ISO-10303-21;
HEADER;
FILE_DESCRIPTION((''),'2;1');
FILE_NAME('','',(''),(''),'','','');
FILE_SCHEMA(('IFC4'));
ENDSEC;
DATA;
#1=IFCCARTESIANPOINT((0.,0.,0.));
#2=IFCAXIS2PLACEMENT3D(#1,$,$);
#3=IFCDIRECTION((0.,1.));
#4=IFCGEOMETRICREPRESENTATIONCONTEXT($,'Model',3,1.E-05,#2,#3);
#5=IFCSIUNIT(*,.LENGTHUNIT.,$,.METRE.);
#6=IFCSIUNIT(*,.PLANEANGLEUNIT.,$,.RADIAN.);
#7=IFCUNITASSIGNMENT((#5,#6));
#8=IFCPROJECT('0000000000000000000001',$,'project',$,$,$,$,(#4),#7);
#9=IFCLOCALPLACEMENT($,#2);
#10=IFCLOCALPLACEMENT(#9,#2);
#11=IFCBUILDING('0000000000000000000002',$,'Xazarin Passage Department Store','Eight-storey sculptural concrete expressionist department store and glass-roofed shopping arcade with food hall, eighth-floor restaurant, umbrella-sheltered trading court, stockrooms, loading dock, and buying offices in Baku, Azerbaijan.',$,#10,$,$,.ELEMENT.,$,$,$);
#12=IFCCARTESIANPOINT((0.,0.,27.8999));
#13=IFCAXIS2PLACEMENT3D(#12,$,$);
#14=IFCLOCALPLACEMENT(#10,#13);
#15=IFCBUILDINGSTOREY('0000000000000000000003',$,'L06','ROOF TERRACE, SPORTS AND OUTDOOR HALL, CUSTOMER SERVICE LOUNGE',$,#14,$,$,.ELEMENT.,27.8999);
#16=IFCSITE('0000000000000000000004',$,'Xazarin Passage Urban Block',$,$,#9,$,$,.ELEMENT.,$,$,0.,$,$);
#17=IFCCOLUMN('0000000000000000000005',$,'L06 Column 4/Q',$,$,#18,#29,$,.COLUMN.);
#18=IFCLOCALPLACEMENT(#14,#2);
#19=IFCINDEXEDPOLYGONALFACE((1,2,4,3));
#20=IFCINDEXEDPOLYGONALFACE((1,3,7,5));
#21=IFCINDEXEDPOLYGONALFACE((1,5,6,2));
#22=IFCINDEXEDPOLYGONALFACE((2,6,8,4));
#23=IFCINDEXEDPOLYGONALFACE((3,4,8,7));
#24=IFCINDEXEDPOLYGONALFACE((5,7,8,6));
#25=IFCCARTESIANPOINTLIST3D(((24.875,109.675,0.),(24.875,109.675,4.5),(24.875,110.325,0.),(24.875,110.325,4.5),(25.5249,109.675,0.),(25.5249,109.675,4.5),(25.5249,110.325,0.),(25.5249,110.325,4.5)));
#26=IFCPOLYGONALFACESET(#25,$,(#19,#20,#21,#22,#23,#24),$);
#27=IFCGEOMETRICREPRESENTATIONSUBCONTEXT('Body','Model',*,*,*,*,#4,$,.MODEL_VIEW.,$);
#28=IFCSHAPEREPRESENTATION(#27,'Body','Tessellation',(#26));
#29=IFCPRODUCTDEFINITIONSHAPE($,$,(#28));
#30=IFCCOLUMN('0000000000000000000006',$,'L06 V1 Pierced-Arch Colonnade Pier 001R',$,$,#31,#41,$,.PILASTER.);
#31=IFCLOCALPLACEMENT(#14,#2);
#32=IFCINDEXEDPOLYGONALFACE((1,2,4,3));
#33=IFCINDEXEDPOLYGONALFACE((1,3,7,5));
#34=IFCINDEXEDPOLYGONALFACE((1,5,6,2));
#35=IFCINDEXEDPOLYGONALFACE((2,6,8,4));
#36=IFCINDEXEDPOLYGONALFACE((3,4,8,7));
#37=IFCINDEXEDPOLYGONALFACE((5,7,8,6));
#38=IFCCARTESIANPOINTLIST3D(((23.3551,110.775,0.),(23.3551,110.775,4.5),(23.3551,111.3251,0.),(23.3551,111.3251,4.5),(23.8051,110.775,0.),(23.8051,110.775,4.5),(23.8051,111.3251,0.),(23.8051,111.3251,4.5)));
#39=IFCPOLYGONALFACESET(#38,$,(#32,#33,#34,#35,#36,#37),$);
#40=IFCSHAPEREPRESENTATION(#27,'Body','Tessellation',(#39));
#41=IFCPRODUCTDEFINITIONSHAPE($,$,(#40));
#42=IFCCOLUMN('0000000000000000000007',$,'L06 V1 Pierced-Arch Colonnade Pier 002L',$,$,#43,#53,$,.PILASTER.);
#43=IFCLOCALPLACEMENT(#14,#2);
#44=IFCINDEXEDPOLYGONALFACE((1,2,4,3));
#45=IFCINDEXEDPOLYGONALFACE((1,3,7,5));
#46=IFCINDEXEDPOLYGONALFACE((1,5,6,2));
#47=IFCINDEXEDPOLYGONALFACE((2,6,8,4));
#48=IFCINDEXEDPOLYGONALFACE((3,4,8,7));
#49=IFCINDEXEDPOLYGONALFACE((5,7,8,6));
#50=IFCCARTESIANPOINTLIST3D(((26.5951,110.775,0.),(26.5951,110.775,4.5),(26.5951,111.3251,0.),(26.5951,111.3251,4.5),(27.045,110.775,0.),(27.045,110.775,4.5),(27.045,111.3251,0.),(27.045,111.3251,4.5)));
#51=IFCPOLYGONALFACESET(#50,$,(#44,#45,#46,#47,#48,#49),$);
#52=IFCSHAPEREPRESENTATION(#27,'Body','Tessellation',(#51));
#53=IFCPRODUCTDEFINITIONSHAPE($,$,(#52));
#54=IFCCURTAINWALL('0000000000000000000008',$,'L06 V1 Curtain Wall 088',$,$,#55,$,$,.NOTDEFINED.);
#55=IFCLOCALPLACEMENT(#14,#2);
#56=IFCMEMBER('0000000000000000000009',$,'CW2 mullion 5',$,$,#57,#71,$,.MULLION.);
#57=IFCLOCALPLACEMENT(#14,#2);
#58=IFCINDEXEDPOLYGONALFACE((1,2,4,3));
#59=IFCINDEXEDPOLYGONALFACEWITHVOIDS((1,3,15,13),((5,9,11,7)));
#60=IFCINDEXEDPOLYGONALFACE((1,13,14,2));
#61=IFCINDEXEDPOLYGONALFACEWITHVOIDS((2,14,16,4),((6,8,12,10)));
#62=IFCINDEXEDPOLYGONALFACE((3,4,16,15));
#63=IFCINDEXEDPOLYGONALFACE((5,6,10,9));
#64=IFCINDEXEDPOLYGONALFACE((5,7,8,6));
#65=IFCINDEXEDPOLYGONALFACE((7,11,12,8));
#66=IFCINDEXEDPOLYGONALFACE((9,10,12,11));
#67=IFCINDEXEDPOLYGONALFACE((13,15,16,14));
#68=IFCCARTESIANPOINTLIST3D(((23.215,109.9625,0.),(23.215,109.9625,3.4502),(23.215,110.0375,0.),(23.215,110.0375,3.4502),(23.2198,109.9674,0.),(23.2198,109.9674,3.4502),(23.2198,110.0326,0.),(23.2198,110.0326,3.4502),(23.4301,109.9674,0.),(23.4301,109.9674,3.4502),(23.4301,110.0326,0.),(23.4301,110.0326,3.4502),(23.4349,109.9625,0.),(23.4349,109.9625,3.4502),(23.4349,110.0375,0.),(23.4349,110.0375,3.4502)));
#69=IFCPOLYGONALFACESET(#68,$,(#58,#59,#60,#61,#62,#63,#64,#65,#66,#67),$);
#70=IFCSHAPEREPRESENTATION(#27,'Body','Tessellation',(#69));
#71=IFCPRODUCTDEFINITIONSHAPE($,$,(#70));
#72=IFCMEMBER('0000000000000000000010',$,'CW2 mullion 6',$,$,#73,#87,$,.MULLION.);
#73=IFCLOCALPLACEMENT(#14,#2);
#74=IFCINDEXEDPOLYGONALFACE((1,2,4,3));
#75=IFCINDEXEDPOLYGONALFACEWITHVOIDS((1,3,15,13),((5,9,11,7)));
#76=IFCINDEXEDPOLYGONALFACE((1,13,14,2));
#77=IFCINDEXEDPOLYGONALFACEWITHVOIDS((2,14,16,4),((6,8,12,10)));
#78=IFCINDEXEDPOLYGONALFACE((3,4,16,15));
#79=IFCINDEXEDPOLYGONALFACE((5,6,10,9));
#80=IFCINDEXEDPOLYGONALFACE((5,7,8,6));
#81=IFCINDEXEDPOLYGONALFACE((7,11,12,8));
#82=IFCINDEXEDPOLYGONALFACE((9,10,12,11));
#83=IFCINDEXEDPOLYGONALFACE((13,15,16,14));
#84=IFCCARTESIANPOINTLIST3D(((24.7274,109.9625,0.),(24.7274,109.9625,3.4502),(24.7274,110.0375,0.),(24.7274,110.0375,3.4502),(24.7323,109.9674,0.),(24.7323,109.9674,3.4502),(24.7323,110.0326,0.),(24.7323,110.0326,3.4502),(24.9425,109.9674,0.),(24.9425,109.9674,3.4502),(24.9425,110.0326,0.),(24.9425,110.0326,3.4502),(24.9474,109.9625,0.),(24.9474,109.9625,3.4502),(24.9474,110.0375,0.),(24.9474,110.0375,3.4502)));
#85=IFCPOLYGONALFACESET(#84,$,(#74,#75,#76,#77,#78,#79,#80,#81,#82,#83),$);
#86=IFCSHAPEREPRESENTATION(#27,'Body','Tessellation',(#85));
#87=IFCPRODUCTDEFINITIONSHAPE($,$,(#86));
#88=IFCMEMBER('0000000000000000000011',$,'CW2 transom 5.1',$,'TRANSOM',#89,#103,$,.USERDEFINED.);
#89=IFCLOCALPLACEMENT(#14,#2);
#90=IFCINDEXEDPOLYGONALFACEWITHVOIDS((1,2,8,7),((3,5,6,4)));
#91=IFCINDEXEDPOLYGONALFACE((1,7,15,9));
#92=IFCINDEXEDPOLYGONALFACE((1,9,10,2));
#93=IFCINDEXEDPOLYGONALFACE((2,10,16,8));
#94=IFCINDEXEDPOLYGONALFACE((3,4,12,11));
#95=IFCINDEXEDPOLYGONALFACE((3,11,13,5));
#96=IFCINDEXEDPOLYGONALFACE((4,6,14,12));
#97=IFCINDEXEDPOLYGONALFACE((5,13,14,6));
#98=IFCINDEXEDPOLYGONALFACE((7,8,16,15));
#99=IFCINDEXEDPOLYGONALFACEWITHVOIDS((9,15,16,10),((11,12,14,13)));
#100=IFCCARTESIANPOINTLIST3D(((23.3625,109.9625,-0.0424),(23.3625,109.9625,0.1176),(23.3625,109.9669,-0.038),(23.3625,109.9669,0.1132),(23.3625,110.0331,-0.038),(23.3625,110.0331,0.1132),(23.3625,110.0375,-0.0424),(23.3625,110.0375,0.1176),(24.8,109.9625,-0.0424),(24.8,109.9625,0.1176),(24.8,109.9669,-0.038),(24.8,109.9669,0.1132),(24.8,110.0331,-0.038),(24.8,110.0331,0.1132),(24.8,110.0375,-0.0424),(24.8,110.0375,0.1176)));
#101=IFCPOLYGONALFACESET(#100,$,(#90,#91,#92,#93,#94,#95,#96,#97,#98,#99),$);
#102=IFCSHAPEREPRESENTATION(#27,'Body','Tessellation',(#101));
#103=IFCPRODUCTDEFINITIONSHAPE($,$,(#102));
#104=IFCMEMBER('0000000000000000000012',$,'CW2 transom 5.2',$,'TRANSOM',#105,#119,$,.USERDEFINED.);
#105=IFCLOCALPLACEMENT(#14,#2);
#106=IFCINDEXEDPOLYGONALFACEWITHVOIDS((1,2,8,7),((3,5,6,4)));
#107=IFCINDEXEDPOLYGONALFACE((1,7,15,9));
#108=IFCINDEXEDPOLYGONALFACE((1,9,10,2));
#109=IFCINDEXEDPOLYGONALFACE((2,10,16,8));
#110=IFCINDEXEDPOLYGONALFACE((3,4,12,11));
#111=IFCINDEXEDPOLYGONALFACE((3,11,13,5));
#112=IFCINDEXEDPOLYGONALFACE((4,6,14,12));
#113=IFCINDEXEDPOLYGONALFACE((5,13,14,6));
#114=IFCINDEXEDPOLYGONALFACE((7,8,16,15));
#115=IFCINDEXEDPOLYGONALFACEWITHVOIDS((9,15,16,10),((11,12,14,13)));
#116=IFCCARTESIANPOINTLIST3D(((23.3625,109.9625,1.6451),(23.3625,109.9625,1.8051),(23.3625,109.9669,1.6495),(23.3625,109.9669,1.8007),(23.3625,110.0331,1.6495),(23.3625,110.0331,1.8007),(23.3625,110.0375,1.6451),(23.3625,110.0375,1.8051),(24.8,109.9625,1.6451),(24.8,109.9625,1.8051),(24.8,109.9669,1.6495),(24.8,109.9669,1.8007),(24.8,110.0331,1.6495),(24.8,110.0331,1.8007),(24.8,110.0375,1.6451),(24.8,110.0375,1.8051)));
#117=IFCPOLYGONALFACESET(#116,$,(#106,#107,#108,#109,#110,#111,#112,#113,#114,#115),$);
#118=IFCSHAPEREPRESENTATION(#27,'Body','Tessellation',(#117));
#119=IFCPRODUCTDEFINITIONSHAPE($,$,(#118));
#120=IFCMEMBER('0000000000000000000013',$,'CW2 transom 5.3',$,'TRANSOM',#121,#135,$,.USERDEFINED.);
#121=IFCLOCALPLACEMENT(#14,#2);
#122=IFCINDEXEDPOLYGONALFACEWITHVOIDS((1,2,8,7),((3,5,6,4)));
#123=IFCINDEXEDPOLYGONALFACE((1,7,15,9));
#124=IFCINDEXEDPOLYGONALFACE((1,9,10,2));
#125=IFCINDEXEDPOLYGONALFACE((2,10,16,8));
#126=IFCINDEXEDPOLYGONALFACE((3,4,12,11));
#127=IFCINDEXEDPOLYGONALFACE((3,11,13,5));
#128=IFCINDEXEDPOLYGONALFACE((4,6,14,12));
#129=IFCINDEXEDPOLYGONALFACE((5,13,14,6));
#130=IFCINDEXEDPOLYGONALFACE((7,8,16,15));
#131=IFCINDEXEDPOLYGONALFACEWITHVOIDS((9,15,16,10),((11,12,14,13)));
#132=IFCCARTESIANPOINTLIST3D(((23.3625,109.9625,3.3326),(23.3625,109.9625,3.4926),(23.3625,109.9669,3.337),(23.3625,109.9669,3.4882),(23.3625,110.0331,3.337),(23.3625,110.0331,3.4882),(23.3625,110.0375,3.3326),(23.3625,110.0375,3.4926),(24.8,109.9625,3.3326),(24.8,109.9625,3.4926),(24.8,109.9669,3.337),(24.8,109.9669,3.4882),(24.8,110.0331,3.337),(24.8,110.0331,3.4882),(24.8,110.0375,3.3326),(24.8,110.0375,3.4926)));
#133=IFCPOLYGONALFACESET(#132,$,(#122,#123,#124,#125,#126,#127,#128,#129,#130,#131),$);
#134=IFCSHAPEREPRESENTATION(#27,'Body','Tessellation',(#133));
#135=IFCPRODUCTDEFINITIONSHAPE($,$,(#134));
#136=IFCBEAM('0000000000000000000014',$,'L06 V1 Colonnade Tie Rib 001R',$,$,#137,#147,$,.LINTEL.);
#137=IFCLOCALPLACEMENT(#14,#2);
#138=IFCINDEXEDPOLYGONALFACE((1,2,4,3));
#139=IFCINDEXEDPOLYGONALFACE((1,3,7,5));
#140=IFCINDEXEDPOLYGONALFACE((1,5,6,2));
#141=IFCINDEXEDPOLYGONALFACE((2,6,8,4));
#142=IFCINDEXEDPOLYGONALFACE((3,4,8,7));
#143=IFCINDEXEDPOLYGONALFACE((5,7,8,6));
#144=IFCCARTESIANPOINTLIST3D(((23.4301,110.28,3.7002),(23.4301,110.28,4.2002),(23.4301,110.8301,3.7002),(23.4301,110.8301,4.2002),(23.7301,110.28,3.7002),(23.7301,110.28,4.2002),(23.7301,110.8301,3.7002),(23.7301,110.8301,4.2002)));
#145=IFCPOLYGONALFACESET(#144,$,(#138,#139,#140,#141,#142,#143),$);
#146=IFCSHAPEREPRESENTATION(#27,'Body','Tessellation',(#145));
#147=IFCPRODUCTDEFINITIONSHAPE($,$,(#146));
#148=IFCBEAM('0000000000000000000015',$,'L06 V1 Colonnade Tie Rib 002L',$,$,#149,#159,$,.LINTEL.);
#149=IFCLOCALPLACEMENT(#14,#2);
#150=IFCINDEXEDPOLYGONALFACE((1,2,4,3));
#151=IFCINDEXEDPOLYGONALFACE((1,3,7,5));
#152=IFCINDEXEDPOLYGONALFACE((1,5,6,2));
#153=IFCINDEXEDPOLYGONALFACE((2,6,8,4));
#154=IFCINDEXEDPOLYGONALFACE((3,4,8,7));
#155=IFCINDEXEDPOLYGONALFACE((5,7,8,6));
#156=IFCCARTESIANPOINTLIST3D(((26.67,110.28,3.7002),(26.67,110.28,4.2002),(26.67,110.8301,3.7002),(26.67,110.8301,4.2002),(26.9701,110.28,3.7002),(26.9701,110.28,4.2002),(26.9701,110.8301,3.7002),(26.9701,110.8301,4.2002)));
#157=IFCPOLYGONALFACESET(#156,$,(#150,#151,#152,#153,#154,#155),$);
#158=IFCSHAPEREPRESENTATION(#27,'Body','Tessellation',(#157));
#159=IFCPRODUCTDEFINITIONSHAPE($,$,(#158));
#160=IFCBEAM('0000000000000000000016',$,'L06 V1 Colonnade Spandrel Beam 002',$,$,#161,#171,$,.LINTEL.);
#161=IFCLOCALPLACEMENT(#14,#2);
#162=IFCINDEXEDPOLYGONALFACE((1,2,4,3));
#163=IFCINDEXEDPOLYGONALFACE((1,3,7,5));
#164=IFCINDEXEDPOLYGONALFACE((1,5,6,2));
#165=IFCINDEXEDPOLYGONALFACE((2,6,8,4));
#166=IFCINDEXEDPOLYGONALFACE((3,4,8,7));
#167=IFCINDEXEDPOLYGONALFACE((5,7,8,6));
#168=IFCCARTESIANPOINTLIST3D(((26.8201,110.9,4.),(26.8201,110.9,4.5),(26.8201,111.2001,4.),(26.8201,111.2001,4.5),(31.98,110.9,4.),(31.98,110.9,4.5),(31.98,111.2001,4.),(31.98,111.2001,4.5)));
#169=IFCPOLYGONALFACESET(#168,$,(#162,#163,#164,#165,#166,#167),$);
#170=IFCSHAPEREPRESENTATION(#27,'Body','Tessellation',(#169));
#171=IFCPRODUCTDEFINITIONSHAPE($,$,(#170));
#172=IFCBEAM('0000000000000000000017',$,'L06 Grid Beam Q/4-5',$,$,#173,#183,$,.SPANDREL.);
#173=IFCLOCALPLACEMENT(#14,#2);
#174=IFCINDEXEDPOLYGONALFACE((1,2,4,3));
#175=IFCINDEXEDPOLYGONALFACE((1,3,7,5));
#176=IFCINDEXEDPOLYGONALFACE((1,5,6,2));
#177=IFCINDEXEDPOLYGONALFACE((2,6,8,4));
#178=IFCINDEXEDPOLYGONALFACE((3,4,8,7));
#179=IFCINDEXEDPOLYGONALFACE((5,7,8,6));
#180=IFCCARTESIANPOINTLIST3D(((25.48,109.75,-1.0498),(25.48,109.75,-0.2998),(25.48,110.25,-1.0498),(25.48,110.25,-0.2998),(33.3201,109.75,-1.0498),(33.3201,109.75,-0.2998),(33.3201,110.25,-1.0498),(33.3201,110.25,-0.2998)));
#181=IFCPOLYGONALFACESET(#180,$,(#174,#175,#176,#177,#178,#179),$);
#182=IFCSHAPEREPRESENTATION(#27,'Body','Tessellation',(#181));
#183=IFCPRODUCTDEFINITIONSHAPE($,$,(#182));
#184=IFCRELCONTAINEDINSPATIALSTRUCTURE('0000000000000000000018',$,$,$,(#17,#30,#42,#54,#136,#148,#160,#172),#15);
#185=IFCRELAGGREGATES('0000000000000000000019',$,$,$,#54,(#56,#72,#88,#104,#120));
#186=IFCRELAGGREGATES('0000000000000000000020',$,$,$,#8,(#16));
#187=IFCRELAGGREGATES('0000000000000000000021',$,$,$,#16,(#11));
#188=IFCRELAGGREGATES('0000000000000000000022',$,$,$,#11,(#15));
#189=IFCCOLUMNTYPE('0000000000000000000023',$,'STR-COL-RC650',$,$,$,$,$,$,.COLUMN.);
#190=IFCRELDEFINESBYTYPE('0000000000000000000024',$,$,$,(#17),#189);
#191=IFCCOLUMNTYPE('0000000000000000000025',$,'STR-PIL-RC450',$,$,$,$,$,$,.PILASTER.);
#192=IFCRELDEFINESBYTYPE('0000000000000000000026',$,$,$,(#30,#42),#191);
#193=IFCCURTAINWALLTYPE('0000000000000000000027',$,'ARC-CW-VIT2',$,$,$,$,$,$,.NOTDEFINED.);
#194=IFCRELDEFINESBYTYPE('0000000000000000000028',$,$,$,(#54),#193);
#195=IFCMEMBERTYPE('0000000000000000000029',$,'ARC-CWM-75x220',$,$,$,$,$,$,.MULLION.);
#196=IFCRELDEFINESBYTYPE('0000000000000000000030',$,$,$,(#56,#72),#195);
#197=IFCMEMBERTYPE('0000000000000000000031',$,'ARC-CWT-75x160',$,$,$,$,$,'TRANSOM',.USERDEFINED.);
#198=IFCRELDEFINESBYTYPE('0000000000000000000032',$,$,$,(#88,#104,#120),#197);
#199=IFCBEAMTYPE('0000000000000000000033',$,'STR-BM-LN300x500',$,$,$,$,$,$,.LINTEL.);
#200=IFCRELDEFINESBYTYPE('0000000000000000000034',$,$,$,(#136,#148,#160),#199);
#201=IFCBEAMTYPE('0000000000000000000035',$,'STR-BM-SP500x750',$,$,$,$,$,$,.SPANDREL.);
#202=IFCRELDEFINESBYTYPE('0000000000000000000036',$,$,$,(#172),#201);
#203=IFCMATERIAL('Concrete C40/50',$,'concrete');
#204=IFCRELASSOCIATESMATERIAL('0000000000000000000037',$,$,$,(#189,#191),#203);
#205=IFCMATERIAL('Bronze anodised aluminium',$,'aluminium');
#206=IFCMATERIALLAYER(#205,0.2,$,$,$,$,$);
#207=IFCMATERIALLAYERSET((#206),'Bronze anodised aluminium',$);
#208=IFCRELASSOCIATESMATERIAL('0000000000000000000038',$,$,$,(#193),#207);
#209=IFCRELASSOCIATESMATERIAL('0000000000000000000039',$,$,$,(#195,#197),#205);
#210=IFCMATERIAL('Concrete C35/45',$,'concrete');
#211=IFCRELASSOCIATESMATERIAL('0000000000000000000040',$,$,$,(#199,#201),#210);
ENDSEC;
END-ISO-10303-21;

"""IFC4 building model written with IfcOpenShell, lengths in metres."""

from ifc_helpers import new_model, si_unit, direction, frame, origin, origin_2d, place, context, subcontext, project, spatial, rectangle, hollow_rectangle, extrude, material, layer, layer_set, material_profile, profile_set, type_object, element, aggregate, save


model = new_model("IFC4")

# Units and contexts
model_context = context("Model", 3, precision=1e-05, world=origin(), true_north=direction((0.0, 1.0)))
body_context = subcontext(model_context, "Body", "Model", "MODEL_VIEW")
ifc_project = project(units=[si_unit("LENGTHUNIT", "METRE"), si_unit("PLANEANGLEUNIT", "RADIAN")], contexts=[model_context])

# Site, building, storey
site_placement = place(None, origin())
site = spatial("IfcSite", under=ifc_project, at=site_placement, Name="Xazarin Passage Urban Block", CompositionType="ELEMENT", RefElevation=0.0)
building_placement = place(site_placement, origin())
building = spatial("IfcBuilding", under=site, at=building_placement, Name="Xazarin Passage Department Store", Description="Eight-storey sculptural concrete expressionist department store and glass-roofed shopping arcade with food hall, eighth-floor restaurant, umbrella-sheltered trading court, stockrooms, loading dock, and buying offices in Baku, Azerbaijan.", CompositionType="ELEMENT")
storey_placement = place(building_placement, frame((0.0, 0.0, 27.8999)))
storey = spatial("IfcBuildingStorey", under=building, at=storey_placement, Name="L06", Description="ROOF TERRACE, SPORTS AND OUTDOOR HALL, CUSTOMER SERVICE LOUNGE", CompositionType="ELEMENT", Elevation=27.8999)

# Columns
ifc_material_1 = material(Name="Concrete C40/50", Category="concrete")
ifc_material_profile_1 = material_profile(ifc_material_1, rectangle(XDim=0.6499, YDim=0.6499, at=origin_2d()), Name="RC 650x650")
ifc_profile_set_1 = profile_set([ifc_material_profile_1], Name="Concrete C40/50")
column_type_1 = type_object("IfcColumnType", Name="STR-COL-RC650", PredefinedType="COLUMN", material=ifc_profile_set_1)
column_placement = place(storey_placement, frame((25.2, 110.0, 0.0), z_axis=(0.0, 0.0, 1.0), x_axis=(1.0, 0.0, 0.0)))
element("IfcColumn", 1, at=column_placement, inside=storey, type_object=column_type_1, Name="L06 Column 4/Q", PredefinedType="COLUMN", context=body_context, shape_type="SweptSolid", body=[
    extrude(rectangle(XDim=0.6499, YDim=0.6499, at=origin_2d()), origin(), (0.0, 0.0, 1.0), 4.5),
])
ifc_material_profile_2 = material_profile(ifc_material_1, rectangle(XDim=0.45, YDim=0.55, at=origin_2d()), Name="RC 450x550")
ifc_profile_set_2 = profile_set([ifc_material_profile_2], Name="Concrete C40/50")
column_type_2 = type_object("IfcColumnType", Name="STR-PIL-RC450", PredefinedType="PILASTER", material=ifc_profile_set_2)
for number, where, z_axis, x_axis, name in (
    (2, (23.5801, 111.05, 0.0), (0.0, 0.0, 1.0), (1.0, 0.0, 0.0), "L06 V1 Pierced-Arch Colonnade Pier 001R"),
    (3, (26.8201, 111.05, 0.0), (0.0, 0.0, 1.0), (1.0, 0.0, 0.0), "L06 V1 Pierced-Arch Colonnade Pier 002L"),
):
    element("IfcColumn", number, at=place(storey_placement, frame(where, z_axis=z_axis, x_axis=x_axis)), inside=storey, type_object=column_type_2, Name=name, PredefinedType="PILASTER", context=body_context, shape_type="SweptSolid", body=[
        extrude(rectangle(XDim=0.45, YDim=0.55, at=origin_2d()), origin(), (0.0, 0.0, 1.0), 4.5),
    ])

# Curtain wall, members
ifc_material_2 = material(Name="Bronze anodised aluminium", Category="aluminium")
ifc_layer_1 = layer(ifc_material_2, 0.2)
ifc_layer_set_1 = layer_set([ifc_layer_1], Name="Bronze anodised aluminium")
curtain_wall_type = type_object("IfcCurtainWallType", Name="ARC-CW-VIT2", PredefinedType="NOTDEFINED", material=ifc_layer_set_1)
curtain_wall_placement = place(storey_placement, origin())
curtain_wall = element("IfcCurtainWall", 4, at=curtain_wall_placement, inside=storey, type_object=curtain_wall_type, Name="L06 V1 Curtain Wall 088", PredefinedType="NOTDEFINED")
ifc_material_profile_3 = material_profile(ifc_material_2, hollow_rectangle(XDim=0.075, YDim=0.22, WallThickness=0.0049, at=origin_2d()), Name="ALU 75x220")
ifc_profile_set_3 = profile_set([ifc_material_profile_3], Name="Bronze anodised aluminium")
member_type_1 = type_object("IfcMemberType", Name="ARC-CWM-75x220", PredefinedType="MULLION", material=ifc_profile_set_3)
member_1_placement = place(storey_placement, frame((23.325, 110.0, 0.0), z_axis=(0.0, 0.0, 1.0), x_axis=(0.0, 1.0, 0.0)))
member_1 = element("IfcMember", 5, at=member_1_placement, type_object=member_type_1, Name="CW2 mullion 5", PredefinedType="MULLION", context=body_context, shape_type="SweptSolid", body=[
    extrude(hollow_rectangle(XDim=0.075, YDim=0.22, WallThickness=0.0049, at=origin_2d()), origin(), (0.0, 0.0, 1.0), 3.4502),
])
member_2_placement = place(storey_placement, frame((24.8374, 110.0, 0.0), z_axis=(0.0, 0.0, 1.0), x_axis=(0.0, 1.0, 0.0)))
member_2 = element("IfcMember", 6, at=member_2_placement, type_object=member_type_1, Name="CW2 mullion 6", PredefinedType="MULLION", context=body_context, shape_type="SweptSolid", body=[
    extrude(hollow_rectangle(XDim=0.075, YDim=0.22, WallThickness=0.0049, at=origin_2d()), origin(), (0.0, 0.0, 1.0), 3.4502),
])
ifc_material_profile_4 = material_profile(ifc_material_2, hollow_rectangle(XDim=0.075, YDim=0.1599, WallThickness=0.0044, at=origin_2d()), Name="ALU 75x160")
ifc_profile_set_4 = profile_set([ifc_material_profile_4], Name="Bronze anodised aluminium")
member_type_2 = type_object("IfcMemberType", Name="ARC-CWT-75x160", ElementType="TRANSOM", PredefinedType="USERDEFINED", material=ifc_profile_set_4)
member_3_placement = place(storey_placement, frame((23.3625, 110.0, 0.0376), z_axis=(1.0, 0.0, 0.0), x_axis=(0.0, 1.0, 0.0)))
member_3 = element("IfcMember", 7, at=member_3_placement, type_object=member_type_2, Name="CW2 transom 5.1", ObjectType="TRANSOM", PredefinedType="USERDEFINED", context=body_context, shape_type="SweptSolid", body=[
    extrude(hollow_rectangle(XDim=0.075, YDim=0.1599, WallThickness=0.0044, at=origin_2d()), origin(), (0.0, 0.0, 1.0), 1.4375),
])
member_4_placement = place(storey_placement, frame((23.3625, 110.0, 1.7251), z_axis=(1.0, 0.0, 0.0), x_axis=(0.0, 1.0, 0.0)))
member_4 = element("IfcMember", 8, at=member_4_placement, type_object=member_type_2, Name="CW2 transom 5.2", ObjectType="TRANSOM", PredefinedType="USERDEFINED", context=body_context, shape_type="SweptSolid", body=[
    extrude(hollow_rectangle(XDim=0.075, YDim=0.1599, WallThickness=0.0044, at=origin_2d()), origin(), (0.0, 0.0, 1.0), 1.4375),
])
member_5_placement = place(storey_placement, frame((23.3625, 110.0, 3.4126), z_axis=(1.0, 0.0, 0.0), x_axis=(0.0, 1.0, 0.0)))
member_5 = element("IfcMember", 9, at=member_5_placement, type_object=member_type_2, Name="CW2 transom 5.3", ObjectType="TRANSOM", PredefinedType="USERDEFINED", context=body_context, shape_type="SweptSolid", body=[
    extrude(hollow_rectangle(XDim=0.075, YDim=0.1599, WallThickness=0.0044, at=origin_2d()), origin(), (0.0, 0.0, 1.0), 1.4375),
])

# Beams
ifc_material_3 = material(Name="Concrete C35/45", Category="concrete")
ifc_material_profile_5 = material_profile(ifc_material_3, rectangle(XDim=0.3, YDim=0.5, at=origin_2d()), Name="RC 300x500")
ifc_profile_set_5 = profile_set([ifc_material_profile_5], Name="Concrete C35/45")
beam_type_1 = type_object("IfcBeamType", Name="STR-BM-LN300x500", PredefinedType="LINTEL", material=ifc_profile_set_5)
for number, where, z_axis, x_axis, name in (
    (10, (23.5801, 110.28, 3.9502), (0.0, 1.0, 0.0), (-1.0, 0.0, 0.0), "L06 V1 Colonnade Tie Rib 001R"),
    (11, (26.8201, 110.28, 3.9502), (0.0, 1.0, 0.0), (-1.0, 0.0, 0.0), "L06 V1 Colonnade Tie Rib 002L"),
):
    element("IfcBeam", number, at=place(storey_placement, frame(where, z_axis=z_axis, x_axis=x_axis)), inside=storey, type_object=beam_type_1, Name=name, PredefinedType="LINTEL", context=body_context, shape_type="SweptSolid", body=[
        extrude(rectangle(XDim=0.3, YDim=0.5, at=origin_2d()), origin(), (0.0, 0.0, 1.0), 0.55),
    ])
beam_1_placement = place(storey_placement, frame((26.8201, 111.05, 4.25), z_axis=(1.0, 0.0, 0.0), x_axis=(0.0, 1.0, 0.0)))
element("IfcBeam", 12, at=beam_1_placement, inside=storey, type_object=beam_type_1, Name="L06 V1 Colonnade Spandrel Beam 002", PredefinedType="LINTEL", context=body_context, shape_type="SweptSolid", body=[
    extrude(rectangle(XDim=0.3, YDim=0.5, at=origin_2d()), origin(), (0.0, 0.0, 1.0), 5.1599),
])
ifc_material_profile_6 = material_profile(ifc_material_3, rectangle(XDim=0.5, YDim=0.75, at=origin_2d()), Name="RC 500x750")
ifc_profile_set_6 = profile_set([ifc_material_profile_6], Name="Concrete C35/45")
beam_type_2 = type_object("IfcBeamType", Name="STR-BM-SP500x750", PredefinedType="SPANDREL", material=ifc_profile_set_6)
beam_2_placement = place(storey_placement, frame((25.48, 110.0, -0.6748), z_axis=(1.0, 0.0, 0.0), x_axis=(0.0, 1.0, 0.0)))
element("IfcBeam", 13, at=beam_2_placement, inside=storey, type_object=beam_type_2, Name="L06 Grid Beam Q/4-5", PredefinedType="SPANDREL", context=body_context, shape_type="SweptSolid", body=[
    extrude(rectangle(XDim=0.5, YDim=0.75, at=origin_2d()), origin(), (0.0, 0.0, 1.0), 7.8401),
])

aggregate(curtain_wall, [member_1, member_2, member_3, member_4, member_5])

save(model, "model.ifc")
